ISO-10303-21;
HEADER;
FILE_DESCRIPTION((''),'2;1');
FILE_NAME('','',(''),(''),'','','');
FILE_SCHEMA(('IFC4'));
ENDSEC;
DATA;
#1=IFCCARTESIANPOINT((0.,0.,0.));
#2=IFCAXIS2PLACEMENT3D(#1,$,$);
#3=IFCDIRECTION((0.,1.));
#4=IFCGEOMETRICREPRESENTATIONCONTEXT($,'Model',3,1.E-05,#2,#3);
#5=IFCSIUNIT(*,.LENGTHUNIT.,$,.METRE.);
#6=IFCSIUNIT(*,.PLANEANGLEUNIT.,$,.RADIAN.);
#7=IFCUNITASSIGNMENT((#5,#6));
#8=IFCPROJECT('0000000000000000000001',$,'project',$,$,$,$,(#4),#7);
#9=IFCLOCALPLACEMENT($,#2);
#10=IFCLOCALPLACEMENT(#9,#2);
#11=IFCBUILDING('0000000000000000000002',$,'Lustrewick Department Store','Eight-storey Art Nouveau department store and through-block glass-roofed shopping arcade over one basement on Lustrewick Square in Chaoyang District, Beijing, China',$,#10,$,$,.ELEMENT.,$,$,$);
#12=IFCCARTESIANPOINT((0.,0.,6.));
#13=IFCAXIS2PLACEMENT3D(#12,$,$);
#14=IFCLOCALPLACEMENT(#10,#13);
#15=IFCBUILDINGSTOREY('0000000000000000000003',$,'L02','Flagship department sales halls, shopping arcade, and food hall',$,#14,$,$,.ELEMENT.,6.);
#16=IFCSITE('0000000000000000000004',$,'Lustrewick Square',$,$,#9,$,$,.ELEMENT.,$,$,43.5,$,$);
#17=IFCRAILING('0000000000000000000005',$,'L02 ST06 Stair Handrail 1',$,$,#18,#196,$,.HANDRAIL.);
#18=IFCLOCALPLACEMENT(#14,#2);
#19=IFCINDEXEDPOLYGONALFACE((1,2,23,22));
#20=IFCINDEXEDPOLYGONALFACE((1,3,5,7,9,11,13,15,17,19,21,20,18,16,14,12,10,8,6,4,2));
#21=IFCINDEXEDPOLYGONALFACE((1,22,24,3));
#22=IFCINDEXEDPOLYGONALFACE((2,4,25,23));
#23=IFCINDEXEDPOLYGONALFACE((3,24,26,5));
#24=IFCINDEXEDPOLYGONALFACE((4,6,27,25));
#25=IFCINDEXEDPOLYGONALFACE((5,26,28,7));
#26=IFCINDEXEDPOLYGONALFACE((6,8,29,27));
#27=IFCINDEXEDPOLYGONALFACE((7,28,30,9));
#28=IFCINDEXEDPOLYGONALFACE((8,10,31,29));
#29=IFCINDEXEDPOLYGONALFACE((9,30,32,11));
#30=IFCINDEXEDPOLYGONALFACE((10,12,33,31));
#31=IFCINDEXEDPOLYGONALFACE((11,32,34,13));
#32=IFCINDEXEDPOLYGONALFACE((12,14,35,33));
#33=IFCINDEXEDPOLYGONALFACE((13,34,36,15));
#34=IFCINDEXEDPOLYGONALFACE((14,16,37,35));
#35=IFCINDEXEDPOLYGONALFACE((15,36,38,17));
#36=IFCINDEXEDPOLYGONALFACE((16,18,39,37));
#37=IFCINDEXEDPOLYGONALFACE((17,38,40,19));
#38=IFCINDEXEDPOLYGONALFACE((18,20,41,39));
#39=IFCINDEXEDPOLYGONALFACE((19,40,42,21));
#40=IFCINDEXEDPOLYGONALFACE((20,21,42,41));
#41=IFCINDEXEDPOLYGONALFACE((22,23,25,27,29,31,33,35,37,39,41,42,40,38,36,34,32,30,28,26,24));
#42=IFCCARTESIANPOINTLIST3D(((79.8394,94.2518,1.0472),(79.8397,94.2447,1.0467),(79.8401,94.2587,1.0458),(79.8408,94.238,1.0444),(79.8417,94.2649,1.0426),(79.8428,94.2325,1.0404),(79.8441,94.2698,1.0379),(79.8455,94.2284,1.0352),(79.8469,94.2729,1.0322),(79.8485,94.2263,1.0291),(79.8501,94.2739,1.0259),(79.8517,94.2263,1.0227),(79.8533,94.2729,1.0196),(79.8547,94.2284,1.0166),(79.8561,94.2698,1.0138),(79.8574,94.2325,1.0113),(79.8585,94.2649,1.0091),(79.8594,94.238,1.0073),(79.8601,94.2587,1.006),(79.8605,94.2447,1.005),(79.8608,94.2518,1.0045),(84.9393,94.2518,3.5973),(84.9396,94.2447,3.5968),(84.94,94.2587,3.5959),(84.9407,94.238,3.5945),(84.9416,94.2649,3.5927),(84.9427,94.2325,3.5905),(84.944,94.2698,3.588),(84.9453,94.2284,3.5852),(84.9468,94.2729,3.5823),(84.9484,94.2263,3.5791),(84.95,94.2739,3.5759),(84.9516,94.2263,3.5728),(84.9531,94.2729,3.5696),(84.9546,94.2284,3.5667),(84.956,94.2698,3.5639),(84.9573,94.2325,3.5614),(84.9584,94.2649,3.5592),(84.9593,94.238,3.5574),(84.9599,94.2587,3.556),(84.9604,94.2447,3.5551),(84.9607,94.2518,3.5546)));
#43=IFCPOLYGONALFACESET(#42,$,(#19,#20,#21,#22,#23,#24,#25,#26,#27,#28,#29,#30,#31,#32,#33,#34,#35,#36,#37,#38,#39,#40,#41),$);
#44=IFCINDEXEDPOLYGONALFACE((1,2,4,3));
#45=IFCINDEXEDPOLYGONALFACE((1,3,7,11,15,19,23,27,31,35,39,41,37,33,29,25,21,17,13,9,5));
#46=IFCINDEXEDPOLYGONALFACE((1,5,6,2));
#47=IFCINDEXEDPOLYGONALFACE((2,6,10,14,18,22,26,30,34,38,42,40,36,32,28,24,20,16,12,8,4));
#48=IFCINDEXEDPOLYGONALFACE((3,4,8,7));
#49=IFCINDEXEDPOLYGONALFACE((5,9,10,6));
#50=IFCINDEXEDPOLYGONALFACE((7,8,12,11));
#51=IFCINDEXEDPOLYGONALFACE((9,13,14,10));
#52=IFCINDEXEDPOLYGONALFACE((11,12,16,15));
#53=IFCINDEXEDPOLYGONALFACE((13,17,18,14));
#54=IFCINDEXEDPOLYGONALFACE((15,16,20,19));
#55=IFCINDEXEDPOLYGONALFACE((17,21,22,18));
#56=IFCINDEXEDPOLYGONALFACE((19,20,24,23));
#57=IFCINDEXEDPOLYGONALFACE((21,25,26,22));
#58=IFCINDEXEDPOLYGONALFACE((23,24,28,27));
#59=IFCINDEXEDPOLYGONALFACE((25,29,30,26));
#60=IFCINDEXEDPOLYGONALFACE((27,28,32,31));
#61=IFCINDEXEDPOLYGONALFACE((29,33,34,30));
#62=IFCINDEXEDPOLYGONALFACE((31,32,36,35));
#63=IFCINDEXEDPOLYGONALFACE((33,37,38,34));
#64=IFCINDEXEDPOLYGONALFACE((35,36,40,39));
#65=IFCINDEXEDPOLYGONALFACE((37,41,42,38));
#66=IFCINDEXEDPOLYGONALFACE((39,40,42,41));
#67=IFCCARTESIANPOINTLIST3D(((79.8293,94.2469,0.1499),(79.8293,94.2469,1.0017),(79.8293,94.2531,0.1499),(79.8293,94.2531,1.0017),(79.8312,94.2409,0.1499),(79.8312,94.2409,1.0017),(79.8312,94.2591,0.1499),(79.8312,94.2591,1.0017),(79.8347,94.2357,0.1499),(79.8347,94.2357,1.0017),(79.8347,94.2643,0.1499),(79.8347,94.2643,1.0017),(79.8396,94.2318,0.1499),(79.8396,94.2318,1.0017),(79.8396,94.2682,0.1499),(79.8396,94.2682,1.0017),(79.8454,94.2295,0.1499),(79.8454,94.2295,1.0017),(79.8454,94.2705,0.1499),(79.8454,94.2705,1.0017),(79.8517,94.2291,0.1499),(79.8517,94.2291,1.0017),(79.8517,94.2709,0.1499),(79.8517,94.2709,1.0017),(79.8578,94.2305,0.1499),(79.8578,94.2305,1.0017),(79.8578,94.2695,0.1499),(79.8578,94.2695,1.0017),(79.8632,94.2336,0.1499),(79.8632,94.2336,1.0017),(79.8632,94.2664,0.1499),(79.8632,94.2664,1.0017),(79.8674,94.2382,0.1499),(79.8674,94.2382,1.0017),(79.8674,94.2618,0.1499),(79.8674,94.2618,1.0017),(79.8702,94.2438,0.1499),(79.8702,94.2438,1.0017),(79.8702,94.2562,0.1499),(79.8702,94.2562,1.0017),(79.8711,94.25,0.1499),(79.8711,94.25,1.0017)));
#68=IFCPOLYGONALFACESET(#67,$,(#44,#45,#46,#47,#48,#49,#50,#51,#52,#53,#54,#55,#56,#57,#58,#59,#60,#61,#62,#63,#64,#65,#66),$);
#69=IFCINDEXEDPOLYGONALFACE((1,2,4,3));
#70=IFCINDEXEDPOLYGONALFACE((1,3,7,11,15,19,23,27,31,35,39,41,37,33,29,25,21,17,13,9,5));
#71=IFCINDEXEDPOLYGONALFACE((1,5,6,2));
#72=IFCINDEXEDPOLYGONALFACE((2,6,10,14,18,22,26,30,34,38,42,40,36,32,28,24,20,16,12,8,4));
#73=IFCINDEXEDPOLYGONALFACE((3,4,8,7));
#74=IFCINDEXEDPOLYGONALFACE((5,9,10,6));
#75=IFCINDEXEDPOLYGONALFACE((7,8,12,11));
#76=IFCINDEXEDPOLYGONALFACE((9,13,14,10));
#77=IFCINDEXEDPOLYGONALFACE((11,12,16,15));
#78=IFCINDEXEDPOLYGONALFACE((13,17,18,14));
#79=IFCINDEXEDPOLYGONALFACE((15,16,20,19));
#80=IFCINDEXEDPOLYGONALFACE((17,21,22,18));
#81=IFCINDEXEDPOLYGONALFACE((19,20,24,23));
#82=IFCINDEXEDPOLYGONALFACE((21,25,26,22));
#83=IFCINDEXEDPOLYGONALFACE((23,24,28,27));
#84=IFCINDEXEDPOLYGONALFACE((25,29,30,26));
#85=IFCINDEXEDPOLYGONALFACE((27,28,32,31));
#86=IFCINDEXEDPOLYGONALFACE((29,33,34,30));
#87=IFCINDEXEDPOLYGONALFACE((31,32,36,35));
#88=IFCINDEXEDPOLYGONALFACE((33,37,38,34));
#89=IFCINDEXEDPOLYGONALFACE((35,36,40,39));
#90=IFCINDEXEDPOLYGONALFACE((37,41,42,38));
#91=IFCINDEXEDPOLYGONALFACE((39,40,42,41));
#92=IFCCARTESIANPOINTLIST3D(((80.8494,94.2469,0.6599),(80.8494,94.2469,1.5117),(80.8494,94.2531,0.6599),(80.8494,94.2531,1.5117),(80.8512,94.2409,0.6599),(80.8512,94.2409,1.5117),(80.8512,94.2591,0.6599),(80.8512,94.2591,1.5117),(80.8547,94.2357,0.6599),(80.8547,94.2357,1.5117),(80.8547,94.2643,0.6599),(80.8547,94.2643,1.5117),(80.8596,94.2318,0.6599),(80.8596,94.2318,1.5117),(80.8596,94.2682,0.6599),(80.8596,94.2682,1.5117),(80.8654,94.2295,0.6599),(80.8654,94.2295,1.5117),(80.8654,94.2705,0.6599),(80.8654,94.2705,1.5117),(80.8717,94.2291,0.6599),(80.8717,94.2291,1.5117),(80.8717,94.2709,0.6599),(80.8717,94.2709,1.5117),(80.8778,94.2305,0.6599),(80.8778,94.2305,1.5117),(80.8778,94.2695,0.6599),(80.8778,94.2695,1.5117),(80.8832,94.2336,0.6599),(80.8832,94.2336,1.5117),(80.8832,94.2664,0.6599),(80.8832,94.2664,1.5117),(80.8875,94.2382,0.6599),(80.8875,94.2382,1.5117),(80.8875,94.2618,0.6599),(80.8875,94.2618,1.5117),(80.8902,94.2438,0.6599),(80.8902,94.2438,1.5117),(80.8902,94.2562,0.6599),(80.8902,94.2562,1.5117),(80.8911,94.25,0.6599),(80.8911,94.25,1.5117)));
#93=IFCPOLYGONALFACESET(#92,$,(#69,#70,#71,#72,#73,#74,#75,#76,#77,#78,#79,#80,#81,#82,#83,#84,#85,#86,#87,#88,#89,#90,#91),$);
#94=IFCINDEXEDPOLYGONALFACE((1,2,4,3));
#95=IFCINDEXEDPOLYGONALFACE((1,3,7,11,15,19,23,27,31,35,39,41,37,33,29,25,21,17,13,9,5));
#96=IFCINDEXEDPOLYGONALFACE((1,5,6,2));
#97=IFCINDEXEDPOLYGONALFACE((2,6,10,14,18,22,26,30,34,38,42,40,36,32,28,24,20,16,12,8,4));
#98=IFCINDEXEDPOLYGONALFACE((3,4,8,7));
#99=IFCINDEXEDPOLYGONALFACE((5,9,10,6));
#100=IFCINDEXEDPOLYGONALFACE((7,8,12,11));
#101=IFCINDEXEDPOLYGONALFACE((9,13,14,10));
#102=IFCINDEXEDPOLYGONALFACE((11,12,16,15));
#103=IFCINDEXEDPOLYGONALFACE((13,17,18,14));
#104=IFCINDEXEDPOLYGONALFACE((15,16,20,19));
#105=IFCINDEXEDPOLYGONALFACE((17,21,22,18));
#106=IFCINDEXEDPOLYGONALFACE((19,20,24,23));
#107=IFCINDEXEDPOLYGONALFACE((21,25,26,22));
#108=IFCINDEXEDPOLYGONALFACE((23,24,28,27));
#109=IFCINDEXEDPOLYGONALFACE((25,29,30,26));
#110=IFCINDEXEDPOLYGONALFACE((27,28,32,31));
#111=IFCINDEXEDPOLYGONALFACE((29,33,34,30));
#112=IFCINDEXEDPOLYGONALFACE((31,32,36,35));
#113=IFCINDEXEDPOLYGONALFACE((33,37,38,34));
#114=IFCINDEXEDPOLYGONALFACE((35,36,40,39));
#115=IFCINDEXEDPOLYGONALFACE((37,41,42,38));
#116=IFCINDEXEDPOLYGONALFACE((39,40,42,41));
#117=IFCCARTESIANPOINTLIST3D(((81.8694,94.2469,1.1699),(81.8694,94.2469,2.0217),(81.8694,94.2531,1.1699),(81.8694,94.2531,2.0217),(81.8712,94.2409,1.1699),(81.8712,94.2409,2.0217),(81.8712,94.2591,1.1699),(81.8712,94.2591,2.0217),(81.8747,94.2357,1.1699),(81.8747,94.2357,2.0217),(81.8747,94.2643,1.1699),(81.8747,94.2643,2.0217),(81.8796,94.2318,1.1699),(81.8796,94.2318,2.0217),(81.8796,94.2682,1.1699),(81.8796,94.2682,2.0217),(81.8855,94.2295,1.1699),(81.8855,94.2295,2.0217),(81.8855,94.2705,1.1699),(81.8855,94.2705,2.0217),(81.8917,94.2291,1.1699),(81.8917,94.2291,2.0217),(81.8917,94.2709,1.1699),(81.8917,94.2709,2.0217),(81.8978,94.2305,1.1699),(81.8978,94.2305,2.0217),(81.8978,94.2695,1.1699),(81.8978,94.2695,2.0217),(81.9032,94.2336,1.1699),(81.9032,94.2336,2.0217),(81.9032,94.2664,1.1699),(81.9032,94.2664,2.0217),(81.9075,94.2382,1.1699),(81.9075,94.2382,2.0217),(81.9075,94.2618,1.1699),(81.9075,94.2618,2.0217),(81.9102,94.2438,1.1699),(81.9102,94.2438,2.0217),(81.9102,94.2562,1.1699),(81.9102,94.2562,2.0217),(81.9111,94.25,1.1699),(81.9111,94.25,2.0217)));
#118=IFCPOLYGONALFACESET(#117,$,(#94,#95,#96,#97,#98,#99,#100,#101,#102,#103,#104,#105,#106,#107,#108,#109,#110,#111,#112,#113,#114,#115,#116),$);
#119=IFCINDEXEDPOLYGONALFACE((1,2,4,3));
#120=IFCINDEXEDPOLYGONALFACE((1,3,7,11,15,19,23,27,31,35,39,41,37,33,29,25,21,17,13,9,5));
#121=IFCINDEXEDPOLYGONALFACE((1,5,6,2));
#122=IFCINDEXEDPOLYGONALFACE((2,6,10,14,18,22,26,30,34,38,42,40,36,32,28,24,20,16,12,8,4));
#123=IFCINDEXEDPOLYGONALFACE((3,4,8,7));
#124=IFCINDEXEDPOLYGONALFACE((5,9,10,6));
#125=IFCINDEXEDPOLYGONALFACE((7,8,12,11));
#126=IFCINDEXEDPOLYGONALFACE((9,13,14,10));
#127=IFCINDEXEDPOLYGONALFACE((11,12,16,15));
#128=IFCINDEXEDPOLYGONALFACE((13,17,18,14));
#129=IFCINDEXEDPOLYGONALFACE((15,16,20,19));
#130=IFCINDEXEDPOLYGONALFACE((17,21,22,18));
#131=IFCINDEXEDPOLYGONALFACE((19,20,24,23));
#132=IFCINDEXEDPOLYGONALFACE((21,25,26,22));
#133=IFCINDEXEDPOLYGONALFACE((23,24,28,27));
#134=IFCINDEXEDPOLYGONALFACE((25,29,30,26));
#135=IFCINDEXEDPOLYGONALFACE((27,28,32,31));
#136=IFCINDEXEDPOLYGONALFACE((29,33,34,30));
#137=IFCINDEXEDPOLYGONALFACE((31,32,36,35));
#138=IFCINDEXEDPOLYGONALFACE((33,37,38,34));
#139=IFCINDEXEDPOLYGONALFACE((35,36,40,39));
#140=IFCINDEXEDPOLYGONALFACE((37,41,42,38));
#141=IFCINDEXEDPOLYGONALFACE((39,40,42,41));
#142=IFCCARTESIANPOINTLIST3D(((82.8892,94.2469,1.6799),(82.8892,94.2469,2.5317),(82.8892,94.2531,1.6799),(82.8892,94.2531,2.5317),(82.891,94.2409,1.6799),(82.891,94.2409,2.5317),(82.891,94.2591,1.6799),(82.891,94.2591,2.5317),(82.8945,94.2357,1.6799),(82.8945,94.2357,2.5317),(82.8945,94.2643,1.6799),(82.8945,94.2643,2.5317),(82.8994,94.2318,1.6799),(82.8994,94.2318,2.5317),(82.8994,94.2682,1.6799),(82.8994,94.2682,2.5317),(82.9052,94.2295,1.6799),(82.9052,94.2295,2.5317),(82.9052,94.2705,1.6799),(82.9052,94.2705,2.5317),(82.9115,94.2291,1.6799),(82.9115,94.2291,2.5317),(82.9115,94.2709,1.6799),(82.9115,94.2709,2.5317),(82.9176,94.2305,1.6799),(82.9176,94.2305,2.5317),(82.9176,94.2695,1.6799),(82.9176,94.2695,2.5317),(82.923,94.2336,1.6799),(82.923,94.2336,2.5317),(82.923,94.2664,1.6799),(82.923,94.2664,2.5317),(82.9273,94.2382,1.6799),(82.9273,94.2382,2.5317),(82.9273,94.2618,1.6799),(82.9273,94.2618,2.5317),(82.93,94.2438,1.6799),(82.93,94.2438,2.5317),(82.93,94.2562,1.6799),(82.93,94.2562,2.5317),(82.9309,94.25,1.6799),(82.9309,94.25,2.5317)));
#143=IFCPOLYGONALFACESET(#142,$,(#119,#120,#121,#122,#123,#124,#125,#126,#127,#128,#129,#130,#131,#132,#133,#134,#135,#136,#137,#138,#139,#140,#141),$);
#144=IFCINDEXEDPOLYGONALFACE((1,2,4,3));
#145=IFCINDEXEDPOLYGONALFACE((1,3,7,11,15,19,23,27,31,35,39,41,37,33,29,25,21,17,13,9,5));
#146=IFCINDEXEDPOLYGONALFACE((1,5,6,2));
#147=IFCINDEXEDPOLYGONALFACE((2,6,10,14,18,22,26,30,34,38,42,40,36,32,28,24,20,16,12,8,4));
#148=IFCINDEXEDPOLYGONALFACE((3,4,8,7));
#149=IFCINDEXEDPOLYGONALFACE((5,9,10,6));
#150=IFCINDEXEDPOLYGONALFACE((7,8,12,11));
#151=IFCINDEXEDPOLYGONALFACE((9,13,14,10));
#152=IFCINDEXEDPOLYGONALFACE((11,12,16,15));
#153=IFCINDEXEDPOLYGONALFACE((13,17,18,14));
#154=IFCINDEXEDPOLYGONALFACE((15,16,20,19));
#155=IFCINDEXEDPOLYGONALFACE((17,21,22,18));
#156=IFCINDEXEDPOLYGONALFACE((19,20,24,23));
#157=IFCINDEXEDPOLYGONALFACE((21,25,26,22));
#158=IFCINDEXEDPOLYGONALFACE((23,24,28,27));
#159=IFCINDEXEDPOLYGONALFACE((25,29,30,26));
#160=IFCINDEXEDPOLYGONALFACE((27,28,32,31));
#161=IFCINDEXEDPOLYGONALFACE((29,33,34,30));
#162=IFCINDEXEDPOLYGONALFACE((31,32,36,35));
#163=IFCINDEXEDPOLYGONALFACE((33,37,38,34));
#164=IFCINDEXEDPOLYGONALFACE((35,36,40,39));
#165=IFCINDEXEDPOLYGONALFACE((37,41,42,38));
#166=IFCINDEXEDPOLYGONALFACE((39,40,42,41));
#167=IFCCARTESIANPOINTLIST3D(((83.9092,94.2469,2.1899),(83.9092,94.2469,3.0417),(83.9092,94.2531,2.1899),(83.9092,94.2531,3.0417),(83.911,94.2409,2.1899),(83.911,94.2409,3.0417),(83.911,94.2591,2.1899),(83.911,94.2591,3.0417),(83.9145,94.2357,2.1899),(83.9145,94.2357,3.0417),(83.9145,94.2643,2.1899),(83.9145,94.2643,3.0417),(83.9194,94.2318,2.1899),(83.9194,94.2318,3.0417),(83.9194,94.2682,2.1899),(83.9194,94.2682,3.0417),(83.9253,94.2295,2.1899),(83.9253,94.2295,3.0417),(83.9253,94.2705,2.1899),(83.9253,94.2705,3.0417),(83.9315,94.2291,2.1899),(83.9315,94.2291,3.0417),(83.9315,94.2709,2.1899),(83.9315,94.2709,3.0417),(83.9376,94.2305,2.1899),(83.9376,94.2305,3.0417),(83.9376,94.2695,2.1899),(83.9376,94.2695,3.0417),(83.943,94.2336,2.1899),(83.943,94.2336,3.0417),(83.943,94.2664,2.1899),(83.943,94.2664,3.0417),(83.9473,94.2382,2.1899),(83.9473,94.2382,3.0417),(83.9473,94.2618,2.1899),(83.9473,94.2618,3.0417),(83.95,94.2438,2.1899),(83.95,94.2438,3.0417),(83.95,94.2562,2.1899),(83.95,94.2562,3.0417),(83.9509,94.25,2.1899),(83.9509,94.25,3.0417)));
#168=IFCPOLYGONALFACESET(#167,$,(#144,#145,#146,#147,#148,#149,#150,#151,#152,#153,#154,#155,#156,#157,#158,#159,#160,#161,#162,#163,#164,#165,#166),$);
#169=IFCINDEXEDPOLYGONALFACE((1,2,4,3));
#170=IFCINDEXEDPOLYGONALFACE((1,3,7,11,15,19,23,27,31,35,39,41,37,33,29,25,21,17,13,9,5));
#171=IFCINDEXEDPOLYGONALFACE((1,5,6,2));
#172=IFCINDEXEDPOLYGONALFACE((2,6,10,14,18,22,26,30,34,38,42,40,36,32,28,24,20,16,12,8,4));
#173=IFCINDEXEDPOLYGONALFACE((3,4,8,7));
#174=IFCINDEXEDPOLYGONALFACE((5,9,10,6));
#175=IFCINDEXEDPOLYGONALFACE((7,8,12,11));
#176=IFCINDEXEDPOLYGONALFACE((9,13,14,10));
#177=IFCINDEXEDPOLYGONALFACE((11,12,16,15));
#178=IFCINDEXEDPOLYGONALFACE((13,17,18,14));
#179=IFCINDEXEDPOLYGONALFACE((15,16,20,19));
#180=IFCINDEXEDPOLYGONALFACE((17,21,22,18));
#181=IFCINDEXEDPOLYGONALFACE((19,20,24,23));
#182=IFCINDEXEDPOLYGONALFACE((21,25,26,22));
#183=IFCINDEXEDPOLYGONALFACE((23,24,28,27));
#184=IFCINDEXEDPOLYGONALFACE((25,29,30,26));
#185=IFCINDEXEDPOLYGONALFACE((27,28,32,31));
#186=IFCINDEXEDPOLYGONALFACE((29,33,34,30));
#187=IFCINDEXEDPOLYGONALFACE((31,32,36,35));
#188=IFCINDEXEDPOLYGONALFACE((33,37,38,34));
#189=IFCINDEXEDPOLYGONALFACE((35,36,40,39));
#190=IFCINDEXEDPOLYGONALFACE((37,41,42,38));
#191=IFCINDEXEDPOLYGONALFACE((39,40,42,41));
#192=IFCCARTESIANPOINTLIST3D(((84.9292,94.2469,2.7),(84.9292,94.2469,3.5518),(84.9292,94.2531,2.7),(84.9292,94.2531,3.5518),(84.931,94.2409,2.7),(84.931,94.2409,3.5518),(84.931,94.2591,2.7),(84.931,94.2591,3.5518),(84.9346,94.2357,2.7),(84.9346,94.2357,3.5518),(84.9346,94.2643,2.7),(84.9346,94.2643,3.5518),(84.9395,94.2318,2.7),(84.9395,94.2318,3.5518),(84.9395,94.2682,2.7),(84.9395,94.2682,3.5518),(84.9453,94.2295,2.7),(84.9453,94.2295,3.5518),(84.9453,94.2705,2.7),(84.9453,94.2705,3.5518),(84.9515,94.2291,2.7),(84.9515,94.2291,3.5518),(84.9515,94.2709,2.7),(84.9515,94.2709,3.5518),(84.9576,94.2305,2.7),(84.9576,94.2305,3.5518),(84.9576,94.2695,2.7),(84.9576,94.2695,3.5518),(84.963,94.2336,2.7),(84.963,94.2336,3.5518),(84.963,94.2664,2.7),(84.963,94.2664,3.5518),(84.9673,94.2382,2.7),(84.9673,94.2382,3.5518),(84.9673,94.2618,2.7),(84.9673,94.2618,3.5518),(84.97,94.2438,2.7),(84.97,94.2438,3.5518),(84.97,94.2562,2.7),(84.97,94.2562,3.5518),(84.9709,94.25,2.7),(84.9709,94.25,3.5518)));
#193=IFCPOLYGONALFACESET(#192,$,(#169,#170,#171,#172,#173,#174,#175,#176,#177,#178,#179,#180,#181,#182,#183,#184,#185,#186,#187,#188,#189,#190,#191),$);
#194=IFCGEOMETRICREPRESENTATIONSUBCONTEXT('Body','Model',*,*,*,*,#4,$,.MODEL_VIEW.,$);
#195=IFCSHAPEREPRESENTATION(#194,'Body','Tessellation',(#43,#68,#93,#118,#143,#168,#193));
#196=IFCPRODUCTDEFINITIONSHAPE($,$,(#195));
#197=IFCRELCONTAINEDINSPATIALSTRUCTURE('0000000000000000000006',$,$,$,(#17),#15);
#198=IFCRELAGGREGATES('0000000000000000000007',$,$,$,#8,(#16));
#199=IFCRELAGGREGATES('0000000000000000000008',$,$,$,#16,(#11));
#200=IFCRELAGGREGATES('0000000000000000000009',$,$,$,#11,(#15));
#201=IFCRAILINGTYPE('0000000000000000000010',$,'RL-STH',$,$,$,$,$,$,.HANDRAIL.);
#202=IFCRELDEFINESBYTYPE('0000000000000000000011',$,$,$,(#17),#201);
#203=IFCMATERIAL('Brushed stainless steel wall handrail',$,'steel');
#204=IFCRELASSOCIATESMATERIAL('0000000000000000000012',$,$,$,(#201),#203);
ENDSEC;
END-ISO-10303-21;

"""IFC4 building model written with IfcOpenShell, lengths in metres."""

from ifc_helpers import new_model, si_unit, direction, frame, origin, origin_2d, place, context, subcontext, project, spatial, circle, extrude, material, type_object, element, save


model = new_model("IFC4")

# Units and contexts
model_context = context("Model", 3, precision=1e-05, world=origin(), true_north=direction((0.0, 1.0)))
body_context = subcontext(model_context, "Body", "Model", "MODEL_VIEW")
ifc_project = project(units=[si_unit("LENGTHUNIT", "METRE"), si_unit("PLANEANGLEUNIT", "RADIAN")], contexts=[model_context])

# Site, building, storey
site_placement = place(None, origin())
site = spatial("IfcSite", under=ifc_project, at=site_placement, Name="Lustrewick Square", CompositionType="ELEMENT", RefElevation=43.5)
building_placement = place(site_placement, origin())
building = spatial("IfcBuilding", under=site, at=building_placement, Name="Lustrewick Department Store", Description="Eight-storey Art Nouveau department store and through-block glass-roofed shopping arcade over one basement on Lustrewick Square in Chaoyang District, Beijing, China", CompositionType="ELEMENT")
storey_placement = place(building_placement, frame((0.0, 0.0, 6.0)))
storey = spatial("IfcBuildingStorey", under=building, at=storey_placement, Name="L02", Description="Flagship department sales halls, shopping arcade, and food hall", CompositionType="ELEMENT", Elevation=6.0)

# Railing
ifc_material_1 = material(Name="Brushed stainless steel wall handrail", Category="steel")
railing_type_1 = type_object("IfcRailingType", Name="RL-STH", PredefinedType="HANDRAIL", material=ifc_material_1)
railing_1_placement = place(storey_placement, frame((79.8501, 94.25, 0.1499)))
element("IfcRailing", 1, at=railing_1_placement, inside=storey, type_object=railing_type_1, Name="L02 ST06 Stair Handrail 1", PredefinedType="HANDRAIL", context=body_context, shape_type="SweptSolid", body=[
    extrude(circle(Radius=0.0239, at=origin_2d()), frame((0.0, 0.0, 0.876), z_axis=(0.894419, 0.0, 0.447231), x_axis=(0.0, 1.0, 0.0)), (0.0, 0.0, 1.0), 5.7019),
    extrude(circle(Radius=0.021, at=origin_2d()), origin(), (0.0, 0.0, 1.0), 0.8518),
    extrude(circle(Radius=0.021, at=origin_2d()), frame((1.02, 0.0, 0.51)), (0.0, 0.0, 1.0), 0.8518),
    extrude(circle(Radius=0.021, at=origin_2d()), frame((2.04, 0.0, 1.02)), (0.0, 0.0, 1.0), 0.8518),
    extrude(circle(Radius=0.021, at=origin_2d()), frame((3.0598, 0.0, 1.53)), (0.0, 0.0, 1.0), 0.8518),
    extrude(circle(Radius=0.021, at=origin_2d()), frame((4.0798, 0.0, 2.04)), (0.0, 0.0, 1.0), 0.8518),
    extrude(circle(Radius=0.021, at=origin_2d()), frame((5.0999, 0.0, 2.55)), (0.0, 0.0, 1.0), 0.8518),
])

save(model, "model.ifc")
